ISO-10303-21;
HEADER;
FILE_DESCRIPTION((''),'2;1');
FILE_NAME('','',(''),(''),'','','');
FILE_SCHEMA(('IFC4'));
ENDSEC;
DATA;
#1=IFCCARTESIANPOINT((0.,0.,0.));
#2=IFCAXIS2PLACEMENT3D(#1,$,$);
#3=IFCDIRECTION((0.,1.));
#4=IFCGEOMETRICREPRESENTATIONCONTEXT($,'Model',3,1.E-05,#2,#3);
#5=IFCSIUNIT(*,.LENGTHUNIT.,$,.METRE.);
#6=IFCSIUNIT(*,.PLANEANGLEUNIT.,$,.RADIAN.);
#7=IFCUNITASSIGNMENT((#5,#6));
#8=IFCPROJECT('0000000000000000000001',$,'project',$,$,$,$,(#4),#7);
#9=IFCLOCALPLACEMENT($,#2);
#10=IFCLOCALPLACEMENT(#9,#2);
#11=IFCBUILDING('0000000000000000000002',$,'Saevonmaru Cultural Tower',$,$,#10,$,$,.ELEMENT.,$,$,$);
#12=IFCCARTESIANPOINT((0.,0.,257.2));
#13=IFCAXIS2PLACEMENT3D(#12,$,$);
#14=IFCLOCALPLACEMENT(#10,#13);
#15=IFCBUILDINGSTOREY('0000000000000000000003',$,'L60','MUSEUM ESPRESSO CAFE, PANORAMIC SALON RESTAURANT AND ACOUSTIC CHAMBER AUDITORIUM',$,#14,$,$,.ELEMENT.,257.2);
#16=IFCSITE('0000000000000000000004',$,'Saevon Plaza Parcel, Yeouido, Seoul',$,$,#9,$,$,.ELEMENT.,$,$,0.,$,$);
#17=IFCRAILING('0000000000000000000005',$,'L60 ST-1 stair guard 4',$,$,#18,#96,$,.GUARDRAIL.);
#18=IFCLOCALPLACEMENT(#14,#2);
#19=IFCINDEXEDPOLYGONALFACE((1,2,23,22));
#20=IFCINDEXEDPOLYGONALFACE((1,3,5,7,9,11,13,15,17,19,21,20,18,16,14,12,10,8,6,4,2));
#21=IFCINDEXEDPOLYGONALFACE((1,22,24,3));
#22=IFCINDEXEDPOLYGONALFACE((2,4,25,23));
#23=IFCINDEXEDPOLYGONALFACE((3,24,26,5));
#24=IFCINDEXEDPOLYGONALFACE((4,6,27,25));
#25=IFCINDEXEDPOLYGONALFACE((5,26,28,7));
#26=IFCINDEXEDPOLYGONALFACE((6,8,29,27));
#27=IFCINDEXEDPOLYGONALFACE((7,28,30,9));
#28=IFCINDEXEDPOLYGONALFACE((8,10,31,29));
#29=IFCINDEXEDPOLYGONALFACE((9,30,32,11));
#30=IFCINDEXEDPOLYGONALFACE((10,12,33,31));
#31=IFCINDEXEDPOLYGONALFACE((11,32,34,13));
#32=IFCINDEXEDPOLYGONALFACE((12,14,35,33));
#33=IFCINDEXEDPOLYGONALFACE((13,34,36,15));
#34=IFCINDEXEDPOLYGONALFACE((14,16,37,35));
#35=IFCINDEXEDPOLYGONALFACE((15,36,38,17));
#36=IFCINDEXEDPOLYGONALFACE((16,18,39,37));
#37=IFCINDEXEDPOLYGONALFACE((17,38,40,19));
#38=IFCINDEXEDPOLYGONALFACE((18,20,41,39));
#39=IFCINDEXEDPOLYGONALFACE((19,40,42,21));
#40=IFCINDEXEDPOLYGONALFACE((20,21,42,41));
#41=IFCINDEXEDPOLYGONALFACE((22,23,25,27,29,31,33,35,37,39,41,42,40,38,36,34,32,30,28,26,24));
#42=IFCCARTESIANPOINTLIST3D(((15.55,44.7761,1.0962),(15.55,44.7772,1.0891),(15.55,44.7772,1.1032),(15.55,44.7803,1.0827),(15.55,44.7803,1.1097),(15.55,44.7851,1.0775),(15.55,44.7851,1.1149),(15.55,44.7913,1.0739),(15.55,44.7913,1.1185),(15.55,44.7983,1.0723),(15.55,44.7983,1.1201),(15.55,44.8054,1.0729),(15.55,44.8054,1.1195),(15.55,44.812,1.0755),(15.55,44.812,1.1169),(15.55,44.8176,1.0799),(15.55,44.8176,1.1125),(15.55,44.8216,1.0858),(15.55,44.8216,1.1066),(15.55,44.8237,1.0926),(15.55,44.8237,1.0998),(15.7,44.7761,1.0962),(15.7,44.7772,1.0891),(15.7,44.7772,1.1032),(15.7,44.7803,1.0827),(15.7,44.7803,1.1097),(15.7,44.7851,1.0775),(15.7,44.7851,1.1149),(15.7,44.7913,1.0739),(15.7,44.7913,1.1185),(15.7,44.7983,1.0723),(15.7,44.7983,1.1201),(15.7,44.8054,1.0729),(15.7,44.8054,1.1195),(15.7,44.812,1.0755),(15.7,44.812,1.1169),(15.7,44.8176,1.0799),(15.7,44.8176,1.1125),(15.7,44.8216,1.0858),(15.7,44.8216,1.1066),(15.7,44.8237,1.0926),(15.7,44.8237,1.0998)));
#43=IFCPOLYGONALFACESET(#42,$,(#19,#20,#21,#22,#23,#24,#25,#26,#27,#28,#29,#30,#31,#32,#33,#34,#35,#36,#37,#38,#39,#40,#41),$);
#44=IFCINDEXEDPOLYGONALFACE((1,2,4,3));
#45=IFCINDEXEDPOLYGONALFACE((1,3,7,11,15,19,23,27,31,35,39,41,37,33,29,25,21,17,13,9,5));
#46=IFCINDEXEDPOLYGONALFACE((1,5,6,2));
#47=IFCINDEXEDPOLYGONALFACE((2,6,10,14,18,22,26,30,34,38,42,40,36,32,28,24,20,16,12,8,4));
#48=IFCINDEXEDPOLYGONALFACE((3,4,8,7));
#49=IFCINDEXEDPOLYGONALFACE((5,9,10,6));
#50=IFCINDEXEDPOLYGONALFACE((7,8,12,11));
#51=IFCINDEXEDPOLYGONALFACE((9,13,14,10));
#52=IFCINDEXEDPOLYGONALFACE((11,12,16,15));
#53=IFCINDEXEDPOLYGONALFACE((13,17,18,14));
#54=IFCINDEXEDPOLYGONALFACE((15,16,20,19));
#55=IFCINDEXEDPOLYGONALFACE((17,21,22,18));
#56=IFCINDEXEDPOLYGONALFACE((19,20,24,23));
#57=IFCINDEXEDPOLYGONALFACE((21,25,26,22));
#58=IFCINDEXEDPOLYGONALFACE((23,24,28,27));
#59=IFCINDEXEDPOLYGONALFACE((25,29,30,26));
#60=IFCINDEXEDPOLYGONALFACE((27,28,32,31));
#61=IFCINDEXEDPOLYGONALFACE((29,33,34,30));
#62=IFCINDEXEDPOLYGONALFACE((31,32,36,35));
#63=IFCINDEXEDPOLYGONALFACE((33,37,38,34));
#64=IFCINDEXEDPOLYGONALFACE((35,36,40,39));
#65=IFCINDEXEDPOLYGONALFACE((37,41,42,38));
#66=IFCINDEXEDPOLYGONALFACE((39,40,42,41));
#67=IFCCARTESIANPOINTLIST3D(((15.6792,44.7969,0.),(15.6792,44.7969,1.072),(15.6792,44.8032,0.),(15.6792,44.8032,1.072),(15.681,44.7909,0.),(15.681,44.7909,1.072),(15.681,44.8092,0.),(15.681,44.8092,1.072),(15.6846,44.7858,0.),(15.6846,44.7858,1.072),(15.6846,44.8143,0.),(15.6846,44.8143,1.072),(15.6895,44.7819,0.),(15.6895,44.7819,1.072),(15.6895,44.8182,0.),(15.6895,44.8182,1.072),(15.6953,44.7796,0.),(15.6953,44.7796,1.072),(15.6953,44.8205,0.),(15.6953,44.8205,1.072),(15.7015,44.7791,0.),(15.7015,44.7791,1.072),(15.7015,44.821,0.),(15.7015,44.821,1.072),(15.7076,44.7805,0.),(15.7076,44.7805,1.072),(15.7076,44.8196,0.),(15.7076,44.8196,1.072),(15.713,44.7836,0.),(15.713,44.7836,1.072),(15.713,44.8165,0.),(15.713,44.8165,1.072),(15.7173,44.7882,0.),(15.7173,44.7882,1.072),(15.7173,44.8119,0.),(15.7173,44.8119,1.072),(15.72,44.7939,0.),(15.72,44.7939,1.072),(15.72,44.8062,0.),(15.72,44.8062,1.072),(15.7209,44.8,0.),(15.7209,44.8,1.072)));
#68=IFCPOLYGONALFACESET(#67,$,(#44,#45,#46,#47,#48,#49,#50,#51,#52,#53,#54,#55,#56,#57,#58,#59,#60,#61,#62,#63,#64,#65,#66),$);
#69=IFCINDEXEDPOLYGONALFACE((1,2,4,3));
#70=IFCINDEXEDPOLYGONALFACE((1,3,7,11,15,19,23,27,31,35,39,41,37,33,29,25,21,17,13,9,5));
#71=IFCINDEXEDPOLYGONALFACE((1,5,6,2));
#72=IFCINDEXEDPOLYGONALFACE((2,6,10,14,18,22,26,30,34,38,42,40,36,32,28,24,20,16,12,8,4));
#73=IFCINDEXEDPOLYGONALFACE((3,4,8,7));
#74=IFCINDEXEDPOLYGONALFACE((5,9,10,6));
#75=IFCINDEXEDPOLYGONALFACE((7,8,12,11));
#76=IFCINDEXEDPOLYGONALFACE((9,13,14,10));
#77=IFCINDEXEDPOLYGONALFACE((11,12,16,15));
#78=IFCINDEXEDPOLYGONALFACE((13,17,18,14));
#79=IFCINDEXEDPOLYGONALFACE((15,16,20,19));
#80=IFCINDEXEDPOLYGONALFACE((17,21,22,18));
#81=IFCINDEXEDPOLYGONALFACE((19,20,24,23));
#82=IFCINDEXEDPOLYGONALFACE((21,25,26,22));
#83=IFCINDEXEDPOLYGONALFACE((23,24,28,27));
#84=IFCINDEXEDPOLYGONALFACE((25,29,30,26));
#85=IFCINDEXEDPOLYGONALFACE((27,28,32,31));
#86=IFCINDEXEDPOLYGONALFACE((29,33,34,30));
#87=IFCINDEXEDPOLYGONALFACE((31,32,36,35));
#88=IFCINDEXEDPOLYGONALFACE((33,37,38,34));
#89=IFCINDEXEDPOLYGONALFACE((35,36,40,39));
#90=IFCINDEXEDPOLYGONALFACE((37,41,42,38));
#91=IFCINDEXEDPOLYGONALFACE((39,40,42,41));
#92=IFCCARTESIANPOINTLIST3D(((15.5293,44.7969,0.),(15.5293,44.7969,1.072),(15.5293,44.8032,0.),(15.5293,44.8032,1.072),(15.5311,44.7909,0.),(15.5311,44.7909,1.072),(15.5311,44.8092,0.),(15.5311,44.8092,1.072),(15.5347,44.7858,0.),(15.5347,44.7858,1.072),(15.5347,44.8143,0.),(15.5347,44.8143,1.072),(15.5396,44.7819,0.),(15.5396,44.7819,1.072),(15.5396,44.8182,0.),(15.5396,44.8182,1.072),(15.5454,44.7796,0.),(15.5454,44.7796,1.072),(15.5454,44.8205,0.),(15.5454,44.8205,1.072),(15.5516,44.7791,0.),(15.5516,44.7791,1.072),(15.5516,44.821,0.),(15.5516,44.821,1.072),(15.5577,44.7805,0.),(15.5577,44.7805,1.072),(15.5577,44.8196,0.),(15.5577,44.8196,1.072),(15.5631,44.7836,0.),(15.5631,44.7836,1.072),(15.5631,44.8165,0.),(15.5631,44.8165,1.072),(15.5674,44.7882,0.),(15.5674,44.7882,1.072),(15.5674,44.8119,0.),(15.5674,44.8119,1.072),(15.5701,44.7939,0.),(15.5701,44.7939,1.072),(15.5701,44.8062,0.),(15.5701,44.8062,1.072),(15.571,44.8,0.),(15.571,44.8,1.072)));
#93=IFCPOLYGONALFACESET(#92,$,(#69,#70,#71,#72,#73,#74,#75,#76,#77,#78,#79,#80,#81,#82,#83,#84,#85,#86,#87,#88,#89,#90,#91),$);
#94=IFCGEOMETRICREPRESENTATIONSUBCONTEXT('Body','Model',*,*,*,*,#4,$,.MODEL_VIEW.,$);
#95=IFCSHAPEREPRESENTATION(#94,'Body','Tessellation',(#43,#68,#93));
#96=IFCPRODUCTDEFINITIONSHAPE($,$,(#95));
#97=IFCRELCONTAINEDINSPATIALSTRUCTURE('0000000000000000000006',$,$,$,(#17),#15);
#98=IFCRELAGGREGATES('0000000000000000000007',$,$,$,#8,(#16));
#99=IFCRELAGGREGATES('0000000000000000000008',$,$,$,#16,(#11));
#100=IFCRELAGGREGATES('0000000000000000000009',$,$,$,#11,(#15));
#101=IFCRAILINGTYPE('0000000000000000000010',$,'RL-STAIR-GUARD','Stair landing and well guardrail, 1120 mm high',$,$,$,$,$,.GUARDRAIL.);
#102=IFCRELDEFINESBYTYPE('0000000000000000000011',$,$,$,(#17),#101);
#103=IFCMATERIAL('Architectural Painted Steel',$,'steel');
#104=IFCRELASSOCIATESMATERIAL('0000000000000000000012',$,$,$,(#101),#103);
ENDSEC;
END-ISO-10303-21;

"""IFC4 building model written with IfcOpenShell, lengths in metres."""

from ifc_helpers import new_model, si_unit, direction, frame, origin, origin_2d, place, context, subcontext, project, spatial, circle, extrude, material, type_object, element, save


model = new_model("IFC4")

# Units and contexts
model_context = context("Model", 3, precision=1e-05, world=origin(), true_north=direction((0.0, 1.0)))
body_context = subcontext(model_context, "Body", "Model", "MODEL_VIEW")
ifc_project = project(units=[si_unit("LENGTHUNIT", "METRE"), si_unit("PLANEANGLEUNIT", "RADIAN")], contexts=[model_context])

# Site, building, storey
site_placement = place(None, origin())
site = spatial("IfcSite", under=ifc_project, at=site_placement, Name="Saevon Plaza Parcel, Yeouido, Seoul", CompositionType="ELEMENT", RefElevation=0.0)
building_placement = place(site_placement, origin())
building = spatial("IfcBuilding", under=site, at=building_placement, Name="Saevonmaru Cultural Tower", CompositionType="ELEMENT")
storey_placement = place(building_placement, frame((0.0, 0.0, 257.2)))
storey = spatial("IfcBuildingStorey", under=building, at=storey_placement, Name="L60", Description="MUSEUM ESPRESSO CAFE, PANORAMIC SALON RESTAURANT AND ACOUSTIC CHAMBER AUDITORIUM", CompositionType="ELEMENT", Elevation=257.2)

# Railing
ifc_material_1 = material(Name="Architectural Painted Steel", Category="steel")
railing_type_1 = type_object("IfcRailingType", Name="RL-STAIR-GUARD", Description="Stair landing and well guardrail, 1120 mm high", PredefinedType="GUARDRAIL", material=ifc_material_1)
railing_1_placement = place(storey_placement, frame((15.7, 44.8, 0.0)))
element("IfcRailing", 1, at=railing_1_placement, inside=storey, type_object=railing_type_1, Name="L60 ST-1 stair guard 4", PredefinedType="GUARDRAIL", context=body_context, shape_type="SweptSolid", body=[
    extrude(circle(Radius=0.0239, at=origin_2d()), frame((0.0, 0.0, 1.0962), z_axis=(-1.0, 0.0, 0.0), x_axis=(0.0, -1.0, 0.0)), (0.0, 0.0, 1.0), 0.1499),
    extrude(circle(Radius=0.021, at=origin_2d()), origin(), (0.0, 0.0, 1.0), 1.072),
    extrude(circle(Radius=0.021, at=origin_2d()), frame((-0.1499, 0.0, 0.0)), (0.0, 0.0, 1.0), 1.072),
])

save(model, "model.ifc")
